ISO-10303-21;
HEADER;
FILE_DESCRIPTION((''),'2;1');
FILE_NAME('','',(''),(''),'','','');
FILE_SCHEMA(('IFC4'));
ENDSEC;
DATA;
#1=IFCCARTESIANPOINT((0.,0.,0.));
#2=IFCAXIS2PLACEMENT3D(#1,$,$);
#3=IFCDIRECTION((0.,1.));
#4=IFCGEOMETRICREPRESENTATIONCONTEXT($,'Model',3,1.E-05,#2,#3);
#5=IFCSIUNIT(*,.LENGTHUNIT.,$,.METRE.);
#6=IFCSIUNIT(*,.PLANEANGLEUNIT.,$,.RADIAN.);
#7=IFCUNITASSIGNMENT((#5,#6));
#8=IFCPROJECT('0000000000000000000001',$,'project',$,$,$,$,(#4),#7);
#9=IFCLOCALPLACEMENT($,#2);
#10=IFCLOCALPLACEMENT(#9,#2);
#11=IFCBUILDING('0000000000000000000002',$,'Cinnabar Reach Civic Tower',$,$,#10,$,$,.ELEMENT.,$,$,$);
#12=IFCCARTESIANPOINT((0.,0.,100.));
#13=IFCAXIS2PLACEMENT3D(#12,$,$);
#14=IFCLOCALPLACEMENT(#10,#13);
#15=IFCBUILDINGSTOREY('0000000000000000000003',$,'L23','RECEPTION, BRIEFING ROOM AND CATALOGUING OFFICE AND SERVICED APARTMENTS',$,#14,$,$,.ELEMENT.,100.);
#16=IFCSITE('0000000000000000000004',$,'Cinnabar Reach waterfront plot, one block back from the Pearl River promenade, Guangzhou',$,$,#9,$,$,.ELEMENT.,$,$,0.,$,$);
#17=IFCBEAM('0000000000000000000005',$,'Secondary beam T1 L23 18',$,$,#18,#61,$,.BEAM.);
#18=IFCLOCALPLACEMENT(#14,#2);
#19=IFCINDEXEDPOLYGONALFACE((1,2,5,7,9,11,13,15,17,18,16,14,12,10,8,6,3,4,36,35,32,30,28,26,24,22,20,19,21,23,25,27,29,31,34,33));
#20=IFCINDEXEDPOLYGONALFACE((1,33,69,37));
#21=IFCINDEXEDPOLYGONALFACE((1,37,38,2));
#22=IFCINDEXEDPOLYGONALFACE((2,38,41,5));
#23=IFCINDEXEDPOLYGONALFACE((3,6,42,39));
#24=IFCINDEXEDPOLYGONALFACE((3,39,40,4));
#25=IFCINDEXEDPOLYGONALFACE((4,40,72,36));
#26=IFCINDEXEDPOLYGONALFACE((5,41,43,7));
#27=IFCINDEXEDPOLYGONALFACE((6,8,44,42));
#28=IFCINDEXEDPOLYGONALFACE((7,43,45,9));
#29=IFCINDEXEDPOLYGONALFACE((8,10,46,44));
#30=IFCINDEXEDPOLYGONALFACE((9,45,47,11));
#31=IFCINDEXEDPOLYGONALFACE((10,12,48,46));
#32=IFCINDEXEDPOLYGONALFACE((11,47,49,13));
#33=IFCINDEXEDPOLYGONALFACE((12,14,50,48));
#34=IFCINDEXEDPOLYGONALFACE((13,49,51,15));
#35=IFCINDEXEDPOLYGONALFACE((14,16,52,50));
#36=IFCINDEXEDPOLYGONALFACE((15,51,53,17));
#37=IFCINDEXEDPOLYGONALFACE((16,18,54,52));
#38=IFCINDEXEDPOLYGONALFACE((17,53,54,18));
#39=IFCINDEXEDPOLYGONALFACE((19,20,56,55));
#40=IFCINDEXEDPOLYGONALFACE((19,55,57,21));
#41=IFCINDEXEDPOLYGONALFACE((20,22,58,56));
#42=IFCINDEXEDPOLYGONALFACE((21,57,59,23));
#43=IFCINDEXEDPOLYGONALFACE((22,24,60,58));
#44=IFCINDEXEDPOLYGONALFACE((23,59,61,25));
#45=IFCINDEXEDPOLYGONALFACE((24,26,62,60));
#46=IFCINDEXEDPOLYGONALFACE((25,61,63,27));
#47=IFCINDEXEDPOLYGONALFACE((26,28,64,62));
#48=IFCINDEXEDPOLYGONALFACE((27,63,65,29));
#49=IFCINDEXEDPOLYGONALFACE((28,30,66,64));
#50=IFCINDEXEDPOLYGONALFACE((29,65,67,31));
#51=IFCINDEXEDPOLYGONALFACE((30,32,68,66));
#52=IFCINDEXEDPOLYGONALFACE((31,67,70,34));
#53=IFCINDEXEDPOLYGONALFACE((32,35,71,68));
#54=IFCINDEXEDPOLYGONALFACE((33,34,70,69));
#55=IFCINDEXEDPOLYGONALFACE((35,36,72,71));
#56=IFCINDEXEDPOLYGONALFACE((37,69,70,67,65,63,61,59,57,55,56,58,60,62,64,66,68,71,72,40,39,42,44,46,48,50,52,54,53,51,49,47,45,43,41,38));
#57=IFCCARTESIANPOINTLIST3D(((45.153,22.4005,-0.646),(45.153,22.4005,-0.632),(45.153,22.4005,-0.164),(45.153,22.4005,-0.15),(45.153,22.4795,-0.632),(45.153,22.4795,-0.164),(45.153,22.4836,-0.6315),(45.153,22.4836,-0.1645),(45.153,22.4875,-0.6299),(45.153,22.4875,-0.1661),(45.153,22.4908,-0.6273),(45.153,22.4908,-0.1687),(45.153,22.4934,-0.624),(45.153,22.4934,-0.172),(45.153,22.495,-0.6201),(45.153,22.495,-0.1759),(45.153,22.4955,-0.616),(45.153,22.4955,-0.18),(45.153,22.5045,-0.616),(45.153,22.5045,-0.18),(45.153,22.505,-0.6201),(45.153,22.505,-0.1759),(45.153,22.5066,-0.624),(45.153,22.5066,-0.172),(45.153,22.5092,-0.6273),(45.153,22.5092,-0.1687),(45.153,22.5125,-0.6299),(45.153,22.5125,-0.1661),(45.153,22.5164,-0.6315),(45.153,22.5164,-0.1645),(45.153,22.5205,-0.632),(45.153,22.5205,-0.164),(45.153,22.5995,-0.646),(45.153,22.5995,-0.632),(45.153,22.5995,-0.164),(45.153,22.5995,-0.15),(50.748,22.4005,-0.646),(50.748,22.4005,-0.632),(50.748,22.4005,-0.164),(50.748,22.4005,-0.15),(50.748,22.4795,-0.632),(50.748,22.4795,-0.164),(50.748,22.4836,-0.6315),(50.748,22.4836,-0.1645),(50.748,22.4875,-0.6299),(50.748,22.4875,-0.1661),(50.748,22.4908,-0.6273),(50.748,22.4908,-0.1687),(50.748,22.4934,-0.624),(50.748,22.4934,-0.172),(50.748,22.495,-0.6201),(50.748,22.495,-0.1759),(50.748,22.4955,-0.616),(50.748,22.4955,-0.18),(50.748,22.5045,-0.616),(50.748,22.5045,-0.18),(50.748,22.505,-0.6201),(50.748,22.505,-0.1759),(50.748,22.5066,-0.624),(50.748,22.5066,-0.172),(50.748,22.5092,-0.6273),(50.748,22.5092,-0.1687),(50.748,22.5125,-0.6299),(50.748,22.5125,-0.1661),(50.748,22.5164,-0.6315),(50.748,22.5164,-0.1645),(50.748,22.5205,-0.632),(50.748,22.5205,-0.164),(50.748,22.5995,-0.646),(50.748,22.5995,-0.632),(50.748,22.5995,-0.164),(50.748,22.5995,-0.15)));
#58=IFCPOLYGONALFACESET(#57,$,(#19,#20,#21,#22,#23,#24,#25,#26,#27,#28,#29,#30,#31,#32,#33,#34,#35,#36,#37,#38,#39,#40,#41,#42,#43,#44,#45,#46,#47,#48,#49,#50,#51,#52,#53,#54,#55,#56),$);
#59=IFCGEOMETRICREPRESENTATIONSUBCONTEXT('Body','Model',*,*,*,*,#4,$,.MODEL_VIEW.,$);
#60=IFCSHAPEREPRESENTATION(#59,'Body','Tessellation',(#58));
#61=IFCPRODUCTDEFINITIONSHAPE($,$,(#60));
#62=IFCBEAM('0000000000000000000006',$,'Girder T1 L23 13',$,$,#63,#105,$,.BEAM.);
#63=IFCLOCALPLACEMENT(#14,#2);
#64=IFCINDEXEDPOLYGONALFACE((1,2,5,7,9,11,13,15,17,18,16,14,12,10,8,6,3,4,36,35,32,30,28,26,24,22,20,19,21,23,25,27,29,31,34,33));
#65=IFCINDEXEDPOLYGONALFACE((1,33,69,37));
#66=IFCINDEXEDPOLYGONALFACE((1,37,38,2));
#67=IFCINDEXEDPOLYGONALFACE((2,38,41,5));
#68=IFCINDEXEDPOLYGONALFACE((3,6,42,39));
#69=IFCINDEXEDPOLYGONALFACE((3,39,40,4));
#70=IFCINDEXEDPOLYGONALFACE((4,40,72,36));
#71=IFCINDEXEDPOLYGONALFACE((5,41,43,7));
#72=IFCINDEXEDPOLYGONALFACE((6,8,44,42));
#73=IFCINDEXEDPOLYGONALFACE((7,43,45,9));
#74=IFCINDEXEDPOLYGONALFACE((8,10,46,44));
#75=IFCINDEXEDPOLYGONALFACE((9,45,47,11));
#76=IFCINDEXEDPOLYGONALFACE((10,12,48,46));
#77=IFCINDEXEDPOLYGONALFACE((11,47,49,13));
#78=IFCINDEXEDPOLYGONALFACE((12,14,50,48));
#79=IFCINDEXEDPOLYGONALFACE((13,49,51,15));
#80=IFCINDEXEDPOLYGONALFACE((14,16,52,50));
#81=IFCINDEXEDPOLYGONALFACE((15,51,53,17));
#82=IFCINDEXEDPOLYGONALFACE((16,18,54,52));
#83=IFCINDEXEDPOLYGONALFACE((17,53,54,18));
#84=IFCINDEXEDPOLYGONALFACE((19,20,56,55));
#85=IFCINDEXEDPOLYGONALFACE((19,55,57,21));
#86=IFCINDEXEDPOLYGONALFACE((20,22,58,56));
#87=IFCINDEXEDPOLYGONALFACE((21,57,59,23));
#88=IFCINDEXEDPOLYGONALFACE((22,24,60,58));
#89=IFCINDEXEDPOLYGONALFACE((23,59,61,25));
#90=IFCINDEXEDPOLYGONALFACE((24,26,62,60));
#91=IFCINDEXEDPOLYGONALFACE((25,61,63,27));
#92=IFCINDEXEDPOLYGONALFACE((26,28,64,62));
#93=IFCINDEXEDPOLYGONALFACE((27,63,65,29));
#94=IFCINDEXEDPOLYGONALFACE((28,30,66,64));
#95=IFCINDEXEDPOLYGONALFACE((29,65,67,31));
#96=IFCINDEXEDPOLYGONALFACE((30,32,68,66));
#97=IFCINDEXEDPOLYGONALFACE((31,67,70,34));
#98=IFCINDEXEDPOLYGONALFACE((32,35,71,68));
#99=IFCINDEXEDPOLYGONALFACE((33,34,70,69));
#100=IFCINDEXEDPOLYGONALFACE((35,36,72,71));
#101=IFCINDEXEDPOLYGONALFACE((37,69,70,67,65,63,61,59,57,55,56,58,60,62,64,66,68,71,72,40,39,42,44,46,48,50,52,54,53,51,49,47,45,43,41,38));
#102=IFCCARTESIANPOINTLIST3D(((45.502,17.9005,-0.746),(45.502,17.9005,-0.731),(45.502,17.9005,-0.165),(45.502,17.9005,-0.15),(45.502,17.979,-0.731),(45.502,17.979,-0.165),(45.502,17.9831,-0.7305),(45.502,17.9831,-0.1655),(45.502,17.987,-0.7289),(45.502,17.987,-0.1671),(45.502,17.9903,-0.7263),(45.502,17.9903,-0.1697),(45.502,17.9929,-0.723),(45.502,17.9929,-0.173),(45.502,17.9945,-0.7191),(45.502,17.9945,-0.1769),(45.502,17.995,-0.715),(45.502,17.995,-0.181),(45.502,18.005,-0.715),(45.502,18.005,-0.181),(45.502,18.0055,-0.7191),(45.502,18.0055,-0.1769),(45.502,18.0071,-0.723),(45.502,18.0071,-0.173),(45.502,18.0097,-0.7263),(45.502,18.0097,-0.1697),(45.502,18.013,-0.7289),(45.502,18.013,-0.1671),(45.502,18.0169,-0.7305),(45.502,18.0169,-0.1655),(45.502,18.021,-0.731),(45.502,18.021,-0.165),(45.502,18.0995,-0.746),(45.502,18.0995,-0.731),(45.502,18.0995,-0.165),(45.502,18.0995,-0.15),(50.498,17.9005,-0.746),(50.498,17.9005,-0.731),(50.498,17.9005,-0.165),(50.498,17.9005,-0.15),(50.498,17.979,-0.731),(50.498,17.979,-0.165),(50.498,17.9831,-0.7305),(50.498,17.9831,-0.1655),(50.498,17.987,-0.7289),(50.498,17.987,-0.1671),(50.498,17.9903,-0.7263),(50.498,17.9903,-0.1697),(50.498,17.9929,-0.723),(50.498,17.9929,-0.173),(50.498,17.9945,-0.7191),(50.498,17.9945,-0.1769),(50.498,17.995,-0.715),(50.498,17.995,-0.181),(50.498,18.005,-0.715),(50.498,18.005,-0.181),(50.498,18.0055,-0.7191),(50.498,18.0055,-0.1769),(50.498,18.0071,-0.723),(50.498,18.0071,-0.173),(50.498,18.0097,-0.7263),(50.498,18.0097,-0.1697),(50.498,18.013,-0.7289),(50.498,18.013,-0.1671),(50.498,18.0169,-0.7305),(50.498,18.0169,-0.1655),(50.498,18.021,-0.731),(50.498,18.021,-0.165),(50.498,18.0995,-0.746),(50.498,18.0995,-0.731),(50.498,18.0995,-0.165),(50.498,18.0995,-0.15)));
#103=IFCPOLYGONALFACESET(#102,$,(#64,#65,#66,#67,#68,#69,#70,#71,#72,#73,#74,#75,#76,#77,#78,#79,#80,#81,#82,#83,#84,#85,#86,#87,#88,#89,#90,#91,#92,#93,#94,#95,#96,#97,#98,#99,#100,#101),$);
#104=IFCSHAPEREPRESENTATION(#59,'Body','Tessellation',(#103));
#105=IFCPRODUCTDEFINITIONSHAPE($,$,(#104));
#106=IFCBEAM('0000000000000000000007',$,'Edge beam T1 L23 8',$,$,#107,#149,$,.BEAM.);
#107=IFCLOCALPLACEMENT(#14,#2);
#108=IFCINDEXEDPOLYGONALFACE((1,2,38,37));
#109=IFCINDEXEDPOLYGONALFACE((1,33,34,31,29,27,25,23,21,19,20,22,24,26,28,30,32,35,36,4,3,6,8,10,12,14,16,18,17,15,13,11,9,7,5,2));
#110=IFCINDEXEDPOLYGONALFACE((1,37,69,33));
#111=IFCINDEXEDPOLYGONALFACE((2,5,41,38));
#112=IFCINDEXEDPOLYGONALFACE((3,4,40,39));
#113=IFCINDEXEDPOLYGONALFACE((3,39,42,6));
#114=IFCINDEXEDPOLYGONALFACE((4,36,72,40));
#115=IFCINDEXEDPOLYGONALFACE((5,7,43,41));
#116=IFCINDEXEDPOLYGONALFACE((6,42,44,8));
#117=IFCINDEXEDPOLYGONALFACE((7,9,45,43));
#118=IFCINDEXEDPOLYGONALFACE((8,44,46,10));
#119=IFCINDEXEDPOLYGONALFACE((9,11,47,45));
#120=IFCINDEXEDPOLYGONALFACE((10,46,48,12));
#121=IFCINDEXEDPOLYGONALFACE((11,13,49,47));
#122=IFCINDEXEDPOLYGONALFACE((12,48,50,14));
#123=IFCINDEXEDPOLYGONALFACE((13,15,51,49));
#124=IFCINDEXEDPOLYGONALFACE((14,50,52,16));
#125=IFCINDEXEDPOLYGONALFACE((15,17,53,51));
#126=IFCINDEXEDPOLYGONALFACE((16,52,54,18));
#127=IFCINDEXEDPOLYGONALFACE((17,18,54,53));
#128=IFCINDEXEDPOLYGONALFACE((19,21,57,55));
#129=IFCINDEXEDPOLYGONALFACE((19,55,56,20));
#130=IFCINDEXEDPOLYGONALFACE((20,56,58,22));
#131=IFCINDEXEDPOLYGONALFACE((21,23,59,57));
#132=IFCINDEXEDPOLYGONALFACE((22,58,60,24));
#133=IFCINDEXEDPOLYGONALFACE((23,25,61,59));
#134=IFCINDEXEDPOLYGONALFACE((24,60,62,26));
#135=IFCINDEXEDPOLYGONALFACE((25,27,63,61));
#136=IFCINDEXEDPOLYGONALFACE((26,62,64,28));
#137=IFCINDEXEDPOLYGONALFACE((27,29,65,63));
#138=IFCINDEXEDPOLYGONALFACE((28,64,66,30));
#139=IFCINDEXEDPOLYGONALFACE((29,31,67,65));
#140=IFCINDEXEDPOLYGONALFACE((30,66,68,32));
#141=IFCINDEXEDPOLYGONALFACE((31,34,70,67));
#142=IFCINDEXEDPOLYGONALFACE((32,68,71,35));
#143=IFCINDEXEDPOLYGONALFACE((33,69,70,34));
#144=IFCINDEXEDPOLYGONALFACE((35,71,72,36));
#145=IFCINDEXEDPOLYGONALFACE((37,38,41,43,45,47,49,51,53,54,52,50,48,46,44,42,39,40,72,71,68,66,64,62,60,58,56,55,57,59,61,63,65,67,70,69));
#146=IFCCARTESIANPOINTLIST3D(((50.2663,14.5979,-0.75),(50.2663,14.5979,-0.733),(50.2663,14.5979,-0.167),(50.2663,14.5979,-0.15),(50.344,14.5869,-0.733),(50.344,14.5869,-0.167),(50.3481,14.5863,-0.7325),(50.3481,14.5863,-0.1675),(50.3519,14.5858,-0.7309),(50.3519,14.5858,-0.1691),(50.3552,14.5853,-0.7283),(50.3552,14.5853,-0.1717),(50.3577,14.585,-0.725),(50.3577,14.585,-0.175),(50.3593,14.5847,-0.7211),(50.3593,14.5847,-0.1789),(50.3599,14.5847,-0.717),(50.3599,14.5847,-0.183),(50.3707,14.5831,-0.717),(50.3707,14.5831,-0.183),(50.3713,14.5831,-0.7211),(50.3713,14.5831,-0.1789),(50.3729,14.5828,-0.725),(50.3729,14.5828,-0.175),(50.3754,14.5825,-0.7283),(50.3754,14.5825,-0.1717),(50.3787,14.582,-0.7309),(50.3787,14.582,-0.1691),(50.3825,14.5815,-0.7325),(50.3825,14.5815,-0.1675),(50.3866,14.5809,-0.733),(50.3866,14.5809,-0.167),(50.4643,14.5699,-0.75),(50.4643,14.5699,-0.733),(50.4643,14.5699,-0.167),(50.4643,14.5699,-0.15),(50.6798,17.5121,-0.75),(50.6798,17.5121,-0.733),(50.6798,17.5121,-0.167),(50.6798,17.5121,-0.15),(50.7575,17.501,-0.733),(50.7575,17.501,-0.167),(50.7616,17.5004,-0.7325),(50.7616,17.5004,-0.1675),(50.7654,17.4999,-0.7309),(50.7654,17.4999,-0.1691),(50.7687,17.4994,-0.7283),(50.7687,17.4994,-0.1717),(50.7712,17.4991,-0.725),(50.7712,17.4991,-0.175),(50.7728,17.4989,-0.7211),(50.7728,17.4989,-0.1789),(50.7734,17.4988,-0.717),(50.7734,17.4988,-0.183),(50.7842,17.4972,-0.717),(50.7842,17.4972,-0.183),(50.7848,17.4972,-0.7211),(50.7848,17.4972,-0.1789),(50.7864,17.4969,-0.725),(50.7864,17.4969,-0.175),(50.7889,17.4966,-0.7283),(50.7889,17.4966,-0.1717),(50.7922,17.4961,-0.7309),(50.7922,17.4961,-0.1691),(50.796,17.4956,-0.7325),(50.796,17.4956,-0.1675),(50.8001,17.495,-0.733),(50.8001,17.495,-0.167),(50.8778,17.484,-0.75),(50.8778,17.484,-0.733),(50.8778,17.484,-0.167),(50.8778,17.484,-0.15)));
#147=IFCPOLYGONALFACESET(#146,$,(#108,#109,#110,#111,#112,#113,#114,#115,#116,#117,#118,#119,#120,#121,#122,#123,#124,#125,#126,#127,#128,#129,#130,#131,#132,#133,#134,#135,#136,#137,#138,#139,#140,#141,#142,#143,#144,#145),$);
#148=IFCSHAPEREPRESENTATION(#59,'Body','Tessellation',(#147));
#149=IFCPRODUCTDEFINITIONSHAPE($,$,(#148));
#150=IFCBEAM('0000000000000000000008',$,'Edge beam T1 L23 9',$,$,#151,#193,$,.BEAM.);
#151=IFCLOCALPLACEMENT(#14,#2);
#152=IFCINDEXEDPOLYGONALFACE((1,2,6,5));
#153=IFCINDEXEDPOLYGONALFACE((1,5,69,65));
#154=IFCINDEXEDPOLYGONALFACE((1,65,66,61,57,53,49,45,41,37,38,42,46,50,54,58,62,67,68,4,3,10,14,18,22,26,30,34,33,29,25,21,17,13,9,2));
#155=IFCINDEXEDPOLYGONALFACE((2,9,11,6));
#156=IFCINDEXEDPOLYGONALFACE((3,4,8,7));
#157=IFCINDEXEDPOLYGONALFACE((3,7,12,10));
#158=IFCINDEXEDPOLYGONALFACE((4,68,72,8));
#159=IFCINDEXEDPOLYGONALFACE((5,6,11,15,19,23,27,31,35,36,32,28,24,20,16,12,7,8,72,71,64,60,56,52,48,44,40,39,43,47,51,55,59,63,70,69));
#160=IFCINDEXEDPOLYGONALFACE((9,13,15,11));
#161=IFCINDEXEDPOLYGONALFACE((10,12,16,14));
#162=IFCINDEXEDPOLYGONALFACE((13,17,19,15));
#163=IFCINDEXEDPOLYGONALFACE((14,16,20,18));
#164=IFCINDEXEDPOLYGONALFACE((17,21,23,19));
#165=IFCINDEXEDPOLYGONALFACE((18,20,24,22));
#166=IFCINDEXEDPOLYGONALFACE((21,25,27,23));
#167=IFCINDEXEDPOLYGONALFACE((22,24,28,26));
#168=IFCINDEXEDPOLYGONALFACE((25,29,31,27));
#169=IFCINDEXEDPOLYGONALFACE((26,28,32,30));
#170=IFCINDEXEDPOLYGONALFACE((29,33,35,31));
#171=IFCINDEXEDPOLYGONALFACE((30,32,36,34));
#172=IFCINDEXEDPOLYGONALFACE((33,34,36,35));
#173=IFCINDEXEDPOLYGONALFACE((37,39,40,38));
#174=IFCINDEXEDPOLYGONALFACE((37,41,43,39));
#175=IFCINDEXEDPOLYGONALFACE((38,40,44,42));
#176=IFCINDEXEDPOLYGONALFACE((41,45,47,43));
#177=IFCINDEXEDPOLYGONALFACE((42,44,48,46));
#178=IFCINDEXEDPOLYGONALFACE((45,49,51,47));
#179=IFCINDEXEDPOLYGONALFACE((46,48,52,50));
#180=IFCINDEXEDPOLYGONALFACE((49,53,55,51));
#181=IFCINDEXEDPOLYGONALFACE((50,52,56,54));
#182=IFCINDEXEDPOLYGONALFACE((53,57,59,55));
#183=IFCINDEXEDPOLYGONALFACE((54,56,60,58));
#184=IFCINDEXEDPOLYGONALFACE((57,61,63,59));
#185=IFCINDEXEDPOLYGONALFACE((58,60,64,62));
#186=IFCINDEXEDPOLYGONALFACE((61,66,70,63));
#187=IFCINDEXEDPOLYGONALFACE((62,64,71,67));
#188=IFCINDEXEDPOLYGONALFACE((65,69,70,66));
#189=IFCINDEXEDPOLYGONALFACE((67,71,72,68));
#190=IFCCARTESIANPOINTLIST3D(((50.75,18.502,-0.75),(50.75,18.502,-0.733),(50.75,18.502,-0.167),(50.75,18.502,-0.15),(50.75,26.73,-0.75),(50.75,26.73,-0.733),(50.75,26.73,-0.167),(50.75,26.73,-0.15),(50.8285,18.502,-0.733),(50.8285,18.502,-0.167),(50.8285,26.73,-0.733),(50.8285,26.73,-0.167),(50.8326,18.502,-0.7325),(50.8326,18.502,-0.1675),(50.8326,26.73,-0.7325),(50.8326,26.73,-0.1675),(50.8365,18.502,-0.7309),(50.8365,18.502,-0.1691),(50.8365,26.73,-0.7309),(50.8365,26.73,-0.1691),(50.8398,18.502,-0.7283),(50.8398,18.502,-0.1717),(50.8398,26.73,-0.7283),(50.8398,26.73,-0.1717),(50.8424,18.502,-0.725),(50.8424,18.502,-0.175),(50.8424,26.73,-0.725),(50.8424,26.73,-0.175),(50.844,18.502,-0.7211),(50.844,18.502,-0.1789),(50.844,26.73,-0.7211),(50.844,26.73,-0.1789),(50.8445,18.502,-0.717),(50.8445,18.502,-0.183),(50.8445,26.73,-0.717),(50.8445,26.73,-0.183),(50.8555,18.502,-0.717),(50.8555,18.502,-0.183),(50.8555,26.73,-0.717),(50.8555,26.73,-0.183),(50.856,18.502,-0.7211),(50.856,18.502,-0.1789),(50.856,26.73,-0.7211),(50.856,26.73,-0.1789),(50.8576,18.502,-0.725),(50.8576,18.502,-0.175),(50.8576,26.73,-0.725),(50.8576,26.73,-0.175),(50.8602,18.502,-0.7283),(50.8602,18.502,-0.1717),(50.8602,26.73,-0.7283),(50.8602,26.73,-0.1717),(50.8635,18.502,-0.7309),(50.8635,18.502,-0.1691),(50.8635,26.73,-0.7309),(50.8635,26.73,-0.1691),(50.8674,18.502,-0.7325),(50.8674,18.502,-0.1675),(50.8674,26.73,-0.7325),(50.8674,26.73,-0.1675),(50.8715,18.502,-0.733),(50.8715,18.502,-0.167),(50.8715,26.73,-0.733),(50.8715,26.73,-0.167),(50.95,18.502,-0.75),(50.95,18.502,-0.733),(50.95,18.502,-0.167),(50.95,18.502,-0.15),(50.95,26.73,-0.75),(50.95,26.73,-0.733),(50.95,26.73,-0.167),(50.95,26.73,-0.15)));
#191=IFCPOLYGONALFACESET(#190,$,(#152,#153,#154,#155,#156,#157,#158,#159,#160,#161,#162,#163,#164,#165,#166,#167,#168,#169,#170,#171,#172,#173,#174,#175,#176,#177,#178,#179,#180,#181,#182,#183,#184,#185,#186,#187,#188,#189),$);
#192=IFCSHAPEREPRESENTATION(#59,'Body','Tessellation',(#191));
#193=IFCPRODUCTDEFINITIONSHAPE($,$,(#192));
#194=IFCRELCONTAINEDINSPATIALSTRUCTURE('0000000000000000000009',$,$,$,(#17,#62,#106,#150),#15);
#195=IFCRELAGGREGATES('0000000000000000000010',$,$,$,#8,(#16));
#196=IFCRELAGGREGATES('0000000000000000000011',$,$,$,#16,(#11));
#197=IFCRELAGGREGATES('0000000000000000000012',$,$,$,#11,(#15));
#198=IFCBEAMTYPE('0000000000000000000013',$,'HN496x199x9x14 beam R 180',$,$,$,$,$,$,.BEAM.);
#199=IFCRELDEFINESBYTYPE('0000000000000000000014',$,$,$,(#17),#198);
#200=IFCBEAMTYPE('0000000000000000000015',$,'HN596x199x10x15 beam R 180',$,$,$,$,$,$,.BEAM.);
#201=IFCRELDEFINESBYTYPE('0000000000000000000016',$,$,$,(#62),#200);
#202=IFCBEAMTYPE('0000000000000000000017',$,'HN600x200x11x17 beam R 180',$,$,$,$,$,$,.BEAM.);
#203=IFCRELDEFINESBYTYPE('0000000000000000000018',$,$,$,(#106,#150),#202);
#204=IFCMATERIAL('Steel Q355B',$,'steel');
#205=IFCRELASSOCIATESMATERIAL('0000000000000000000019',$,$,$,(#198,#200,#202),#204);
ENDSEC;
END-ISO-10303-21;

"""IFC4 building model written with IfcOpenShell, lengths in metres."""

from ifc_helpers import new_model, si_unit, direction, frame, origin, origin_2d, place, context, subcontext, project, spatial, i_section, extrude, material, material_profile, profile_set, type_object, element, save


model = new_model("IFC4")

# Units and contexts
model_context = context("Model", 3, precision=1e-05, world=origin(), true_north=direction((0.0, 1.0)))
body_context = subcontext(model_context, "Body", "Model", "MODEL_VIEW")
ifc_project = project(units=[si_unit("LENGTHUNIT", "METRE"), si_unit("PLANEANGLEUNIT", "RADIAN")], contexts=[model_context])

# Site, building, storey
site_placement = place(None, origin())
site = spatial("IfcSite", under=ifc_project, at=site_placement, Name="Cinnabar Reach waterfront plot, one block back from the Pearl River promenade, Guangzhou", CompositionType="ELEMENT", RefElevation=0.0)
building_placement = place(site_placement, origin())
building = spatial("IfcBuilding", under=site, at=building_placement, Name="Cinnabar Reach Civic Tower", CompositionType="ELEMENT")
storey_placement = place(building_placement, frame((0.0, 0.0, 100.0)))
storey = spatial("IfcBuildingStorey", under=building, at=storey_placement, Name="L23", Description="RECEPTION, BRIEFING ROOM AND CATALOGUING OFFICE AND SERVICED APARTMENTS", CompositionType="ELEMENT", Elevation=100.0)

# Beams
ifc_material_1 = material(Name="Steel Q355B", Category="steel")
ifc_material_profile_1 = material_profile(ifc_material_1, i_section(OverallWidth=0.199, OverallDepth=0.496, WebThickness=0.009, FlangeThickness=0.014, FilletRadius=0.016, at=origin_2d()), Name="HN496x199x9x14")
ifc_profile_set_1 = profile_set([ifc_material_profile_1], Name="Steel Q355B")
beam_type_1 = type_object("IfcBeamType", Name="HN496x199x9x14 beam R 180", PredefinedType="BEAM", material=ifc_profile_set_1)
beam_1_placement = place(storey_placement, frame((45.153, 22.5, -0.398), z_axis=(1.0, 0.0, 0.0), x_axis=(0.0, 1.0, 0.0)))
element("IfcBeam", 1, at=beam_1_placement, inside=storey, type_object=beam_type_1, Name="Secondary beam T1 L23 18", PredefinedType="BEAM", context=body_context, shape_type="SweptSolid", body=[
    extrude(i_section(OverallWidth=0.199, OverallDepth=0.496, WebThickness=0.009, FlangeThickness=0.014, FilletRadius=0.016, at=origin_2d()), origin(), (0.0, 0.0, 1.0), 5.595),
])
ifc_material_profile_2 = material_profile(ifc_material_1, i_section(OverallWidth=0.199, OverallDepth=0.596, WebThickness=0.01, FlangeThickness=0.015, FilletRadius=0.016, at=origin_2d()), Name="HN596x199x10x15")
ifc_profile_set_2 = profile_set([ifc_material_profile_2], Name="Steel Q355B")
beam_type_2 = type_object("IfcBeamType", Name="HN596x199x10x15 beam R 180", PredefinedType="BEAM", material=ifc_profile_set_2)
beam_2_placement = place(storey_placement, frame((45.502, 18.0, -0.448), z_axis=(1.0, 0.0, 0.0), x_axis=(0.0, 1.0, 0.0)))
element("IfcBeam", 2, at=beam_2_placement, inside=storey, type_object=beam_type_2, Name="Girder T1 L23 13", PredefinedType="BEAM", context=body_context, shape_type="SweptSolid", body=[
    extrude(i_section(OverallWidth=0.199, OverallDepth=0.596, WebThickness=0.01, FlangeThickness=0.015, FilletRadius=0.016, at=origin_2d()), origin(), (0.0, 0.0, 1.0), 4.996),
])
ifc_material_profile_3 = material_profile(ifc_material_1, i_section(OverallWidth=0.2, OverallDepth=0.6, WebThickness=0.011, FlangeThickness=0.017, FilletRadius=0.016, at=origin_2d()), Name="HN600x200x11x17")
ifc_profile_set_3 = profile_set([ifc_material_profile_3], Name="Steel Q355B")
beam_type_3 = type_object("IfcBeamType", Name="HN600x200x11x17 beam R 180", PredefinedType="BEAM", material=ifc_profile_set_3)
beam_3_placement = place(storey_placement, frame((50.3653, 14.5839, -0.45), z_axis=(0.140489, 0.990082, 0.0), x_axis=(-0.990082, 0.140489, 0.0)))
element("IfcBeam", 3, at=beam_3_placement, inside=storey, type_object=beam_type_3, Name="Edge beam T1 L23 8", PredefinedType="BEAM", context=body_context, shape_type="SweptSolid", body=[
    extrude(i_section(OverallWidth=0.2, OverallDepth=0.6, WebThickness=0.011, FlangeThickness=0.017, FilletRadius=0.016, at=origin_2d()), origin(), (0.0, 0.0, 1.0), 2.9433),
])
beam_4_placement = place(storey_placement, frame((50.85, 18.502, -0.45), z_axis=(0.0, 1.0, 0.0), x_axis=(-1.0, 0.0, 0.0)))
element("IfcBeam", 4, at=beam_4_placement, inside=storey, type_object=beam_type_3, Name="Edge beam T1 L23 9", PredefinedType="BEAM", context=body_context, shape_type="SweptSolid", body=[
    extrude(i_section(OverallWidth=0.2, OverallDepth=0.6, WebThickness=0.011, FlangeThickness=0.017, FilletRadius=0.016, at=origin_2d()), origin(), (0.0, 0.0, 1.0), 8.228),
])

save(model, "model.ifc")
